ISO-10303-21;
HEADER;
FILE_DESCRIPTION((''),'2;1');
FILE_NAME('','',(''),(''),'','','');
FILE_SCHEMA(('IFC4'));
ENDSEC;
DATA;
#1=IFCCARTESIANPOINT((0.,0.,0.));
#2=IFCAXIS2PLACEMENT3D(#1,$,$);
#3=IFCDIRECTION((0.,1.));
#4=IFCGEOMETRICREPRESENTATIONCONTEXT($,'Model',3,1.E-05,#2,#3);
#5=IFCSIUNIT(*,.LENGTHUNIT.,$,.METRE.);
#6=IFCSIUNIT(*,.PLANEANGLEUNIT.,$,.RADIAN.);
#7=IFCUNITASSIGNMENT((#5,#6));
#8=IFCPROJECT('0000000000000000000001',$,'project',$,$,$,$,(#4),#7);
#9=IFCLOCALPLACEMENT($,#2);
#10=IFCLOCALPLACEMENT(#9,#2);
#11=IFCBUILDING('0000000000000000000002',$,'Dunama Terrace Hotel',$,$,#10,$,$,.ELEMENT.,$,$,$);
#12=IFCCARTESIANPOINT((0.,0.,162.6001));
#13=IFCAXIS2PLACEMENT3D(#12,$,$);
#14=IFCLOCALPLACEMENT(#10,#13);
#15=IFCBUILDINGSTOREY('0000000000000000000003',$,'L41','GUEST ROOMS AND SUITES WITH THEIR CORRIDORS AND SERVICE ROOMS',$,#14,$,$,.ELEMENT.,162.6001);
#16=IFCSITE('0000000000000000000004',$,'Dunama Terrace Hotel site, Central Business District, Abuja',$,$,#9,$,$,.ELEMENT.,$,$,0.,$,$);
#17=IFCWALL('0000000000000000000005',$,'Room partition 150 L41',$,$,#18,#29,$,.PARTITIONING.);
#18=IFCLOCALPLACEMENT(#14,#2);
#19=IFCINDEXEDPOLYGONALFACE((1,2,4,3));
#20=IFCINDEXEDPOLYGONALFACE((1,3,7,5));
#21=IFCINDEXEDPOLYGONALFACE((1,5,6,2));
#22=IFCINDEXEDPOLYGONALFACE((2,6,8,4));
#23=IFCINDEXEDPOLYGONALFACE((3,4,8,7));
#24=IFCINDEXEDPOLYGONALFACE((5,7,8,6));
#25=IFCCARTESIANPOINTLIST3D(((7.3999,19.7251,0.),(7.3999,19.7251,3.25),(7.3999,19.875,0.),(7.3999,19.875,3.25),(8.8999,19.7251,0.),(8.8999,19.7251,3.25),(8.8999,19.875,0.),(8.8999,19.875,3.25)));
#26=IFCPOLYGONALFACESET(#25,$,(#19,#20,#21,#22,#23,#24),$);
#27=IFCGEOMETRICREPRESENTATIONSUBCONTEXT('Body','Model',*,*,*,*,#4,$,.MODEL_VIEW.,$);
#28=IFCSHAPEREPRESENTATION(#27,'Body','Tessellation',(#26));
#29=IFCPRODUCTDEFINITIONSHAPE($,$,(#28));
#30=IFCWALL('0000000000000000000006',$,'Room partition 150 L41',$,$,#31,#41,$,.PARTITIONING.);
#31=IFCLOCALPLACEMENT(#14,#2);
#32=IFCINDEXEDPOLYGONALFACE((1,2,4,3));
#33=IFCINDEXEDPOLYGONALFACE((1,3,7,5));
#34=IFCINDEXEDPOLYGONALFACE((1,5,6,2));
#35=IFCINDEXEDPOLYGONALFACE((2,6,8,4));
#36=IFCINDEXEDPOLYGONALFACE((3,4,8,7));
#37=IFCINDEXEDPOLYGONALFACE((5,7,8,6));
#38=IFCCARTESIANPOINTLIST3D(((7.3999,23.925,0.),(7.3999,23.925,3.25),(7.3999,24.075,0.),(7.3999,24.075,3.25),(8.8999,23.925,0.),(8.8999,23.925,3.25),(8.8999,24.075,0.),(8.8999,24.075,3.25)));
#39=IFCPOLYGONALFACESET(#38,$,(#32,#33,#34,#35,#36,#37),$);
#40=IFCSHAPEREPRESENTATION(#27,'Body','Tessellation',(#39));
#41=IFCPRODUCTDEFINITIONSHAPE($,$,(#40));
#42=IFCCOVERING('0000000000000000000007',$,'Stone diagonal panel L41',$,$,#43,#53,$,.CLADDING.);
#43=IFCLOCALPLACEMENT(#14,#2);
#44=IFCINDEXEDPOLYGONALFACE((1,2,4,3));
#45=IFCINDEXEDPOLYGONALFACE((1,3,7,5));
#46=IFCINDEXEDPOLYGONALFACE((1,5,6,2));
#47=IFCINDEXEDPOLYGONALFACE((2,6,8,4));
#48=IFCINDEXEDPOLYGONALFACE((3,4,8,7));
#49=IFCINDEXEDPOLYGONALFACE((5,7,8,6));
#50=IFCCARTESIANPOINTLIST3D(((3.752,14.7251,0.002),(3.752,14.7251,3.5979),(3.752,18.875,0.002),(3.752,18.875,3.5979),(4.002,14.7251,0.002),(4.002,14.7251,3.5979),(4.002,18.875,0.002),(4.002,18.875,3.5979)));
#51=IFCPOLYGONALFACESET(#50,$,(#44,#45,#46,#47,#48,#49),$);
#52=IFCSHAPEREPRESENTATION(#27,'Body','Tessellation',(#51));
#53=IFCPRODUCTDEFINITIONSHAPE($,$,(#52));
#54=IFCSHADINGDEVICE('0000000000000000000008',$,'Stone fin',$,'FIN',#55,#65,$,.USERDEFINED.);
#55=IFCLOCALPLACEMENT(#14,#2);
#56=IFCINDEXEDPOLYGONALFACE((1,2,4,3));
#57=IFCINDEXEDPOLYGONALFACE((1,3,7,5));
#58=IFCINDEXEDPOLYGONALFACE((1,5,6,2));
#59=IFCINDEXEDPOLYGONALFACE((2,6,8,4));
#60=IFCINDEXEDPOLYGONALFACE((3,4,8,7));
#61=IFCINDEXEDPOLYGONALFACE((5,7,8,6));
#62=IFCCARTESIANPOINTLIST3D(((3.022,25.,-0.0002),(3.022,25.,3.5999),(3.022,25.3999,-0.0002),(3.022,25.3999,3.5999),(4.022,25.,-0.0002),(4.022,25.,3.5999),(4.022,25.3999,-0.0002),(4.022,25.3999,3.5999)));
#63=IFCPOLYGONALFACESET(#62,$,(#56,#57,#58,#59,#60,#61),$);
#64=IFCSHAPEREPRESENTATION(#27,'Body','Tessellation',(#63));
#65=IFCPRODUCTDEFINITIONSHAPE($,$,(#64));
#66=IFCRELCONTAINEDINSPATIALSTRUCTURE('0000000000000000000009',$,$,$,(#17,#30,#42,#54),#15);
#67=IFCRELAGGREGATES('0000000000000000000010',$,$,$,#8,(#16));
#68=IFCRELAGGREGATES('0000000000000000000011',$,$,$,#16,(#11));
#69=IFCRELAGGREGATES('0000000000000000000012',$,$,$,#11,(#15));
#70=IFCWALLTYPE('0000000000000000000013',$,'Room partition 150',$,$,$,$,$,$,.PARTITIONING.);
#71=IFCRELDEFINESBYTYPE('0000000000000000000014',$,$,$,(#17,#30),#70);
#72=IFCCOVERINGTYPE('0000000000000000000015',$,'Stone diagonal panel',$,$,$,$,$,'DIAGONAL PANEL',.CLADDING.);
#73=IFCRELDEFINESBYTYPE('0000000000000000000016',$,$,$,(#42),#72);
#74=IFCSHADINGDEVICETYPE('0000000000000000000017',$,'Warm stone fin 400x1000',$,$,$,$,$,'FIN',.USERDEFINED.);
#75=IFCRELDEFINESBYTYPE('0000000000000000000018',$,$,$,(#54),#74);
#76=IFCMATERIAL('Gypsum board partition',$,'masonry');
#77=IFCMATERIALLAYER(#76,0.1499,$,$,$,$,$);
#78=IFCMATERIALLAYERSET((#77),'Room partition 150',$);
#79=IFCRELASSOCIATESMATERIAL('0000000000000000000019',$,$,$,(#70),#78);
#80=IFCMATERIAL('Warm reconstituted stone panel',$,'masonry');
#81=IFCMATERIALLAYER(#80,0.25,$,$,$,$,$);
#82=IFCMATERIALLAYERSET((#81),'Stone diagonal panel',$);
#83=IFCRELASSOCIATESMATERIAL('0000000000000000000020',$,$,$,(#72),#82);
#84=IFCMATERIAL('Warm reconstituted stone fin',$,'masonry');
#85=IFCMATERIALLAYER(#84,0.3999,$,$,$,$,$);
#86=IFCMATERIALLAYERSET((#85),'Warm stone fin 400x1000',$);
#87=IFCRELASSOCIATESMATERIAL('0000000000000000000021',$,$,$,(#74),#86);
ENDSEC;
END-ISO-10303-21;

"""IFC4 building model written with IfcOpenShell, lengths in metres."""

from ifc_helpers import new_model, si_unit, direction, frame, frame_2d, origin, origin_2d, place, context, subcontext, project, spatial, rectangle, extrude, material, layer, layer_set, type_object, element, save


model = new_model("IFC4")

# Units and contexts
model_context = context("Model", 3, precision=1e-05, world=origin(), true_north=direction((0.0, 1.0)))
body_context = subcontext(model_context, "Body", "Model", "MODEL_VIEW")
ifc_project = project(units=[si_unit("LENGTHUNIT", "METRE"), si_unit("PLANEANGLEUNIT", "RADIAN")], contexts=[model_context])

# Site, building, storey
site_placement = place(None, origin())
site = spatial("IfcSite", under=ifc_project, at=site_placement, Name="Dunama Terrace Hotel site, Central Business District, Abuja", CompositionType="ELEMENT", RefElevation=0.0)
building_placement = place(site_placement, origin())
building = spatial("IfcBuilding", under=site, at=building_placement, Name="Dunama Terrace Hotel", CompositionType="ELEMENT")
storey_placement = place(building_placement, frame((0.0, 0.0, 162.6001)))
storey = spatial("IfcBuildingStorey", under=building, at=storey_placement, Name="L41", Description="GUEST ROOMS AND SUITES WITH THEIR CORRIDORS AND SERVICE ROOMS", CompositionType="ELEMENT", Elevation=162.6001)

# Shared definitions
ifc_material_1 = material(Name="Gypsum board partition", Category="masonry")
ifc_layer_1 = layer(ifc_material_1, 0.1499)
ifc_layer_set_1 = layer_set([ifc_layer_1], Name="Room partition 150")
wall_type_1 = type_object("IfcWallType", Name="Room partition 150", PredefinedType="PARTITIONING", material=ifc_layer_set_1)

# Walls
for number, where, z_axis, x_axis, name in (
    (1, (7.3999, 19.8, 0.0), (0.0, 0.0, 1.0), (1.0, 0.0, 0.0), "Room partition 150 L41"),
    (2, (7.3999, 24.0, 0.0), (0.0, 0.0, 1.0), (1.0, 0.0, 0.0), "Room partition 150 L41"),
):
    element("IfcWall", number, at=place(storey_placement, frame(where, z_axis=z_axis, x_axis=x_axis)), inside=storey, type_object=wall_type_1, Name=name, PredefinedType="PARTITIONING", context=body_context, shape_type="SweptSolid", body=[
        extrude(rectangle(XDim=1.5, YDim=0.1499, at=frame_2d((0.75, 0.0))), origin(), (0.0, 0.0, 1.0), 3.25),
    ])

# Covering
ifc_material_2 = material(Name="Warm reconstituted stone panel", Category="masonry")
ifc_layer_2 = layer(ifc_material_2, 0.25)
ifc_layer_set_2 = layer_set([ifc_layer_2], Name="Stone diagonal panel")
covering_type = type_object("IfcCoveringType", Name="Stone diagonal panel", ElementType="DIAGONAL PANEL", PredefinedType="CLADDING", material=ifc_layer_set_2)
covering_placement = place(storey_placement, frame((3.877, 16.8, 0.002), z_axis=(0.0, 0.0, 1.0), x_axis=(0.0, -1.0, 0.0)))
element("IfcCovering", 3, at=covering_placement, inside=storey, type_object=covering_type, Name="Stone diagonal panel L41", PredefinedType="CLADDING", context=body_context, shape_type="SweptSolid", body=[
    extrude(rectangle(XDim=4.1499, YDim=0.25, at=origin_2d()), origin(), (0.0, 0.0, 1.0), 3.5959),
])

# Shading device
ifc_material_3 = material(Name="Warm reconstituted stone fin", Category="masonry")
ifc_layer_3 = layer(ifc_material_3, 0.3999)
ifc_layer_set_3 = layer_set([ifc_layer_3], Name="Warm stone fin 400x1000")
shading_device_type = type_object("IfcShadingDeviceType", Name="Warm stone fin 400x1000", ElementType="FIN", PredefinedType="USERDEFINED", material=ifc_layer_set_3)
shading_device_placement = place(storey_placement, frame((3.522, 25.2, -0.0002), z_axis=(0.0, 0.0, 1.0), x_axis=(0.0, -1.0, 0.0)))
element("IfcShadingDevice", 4, at=shading_device_placement, inside=storey, type_object=shading_device_type, Name="Stone fin", ObjectType="FIN", PredefinedType="USERDEFINED", context=body_context, shape_type="SweptSolid", body=[
    extrude(rectangle(XDim=0.3999, YDim=1.0, at=origin_2d()), origin(), (0.0, 0.0, 1.0), 3.6001),
])

save(model, "model.ifc")
